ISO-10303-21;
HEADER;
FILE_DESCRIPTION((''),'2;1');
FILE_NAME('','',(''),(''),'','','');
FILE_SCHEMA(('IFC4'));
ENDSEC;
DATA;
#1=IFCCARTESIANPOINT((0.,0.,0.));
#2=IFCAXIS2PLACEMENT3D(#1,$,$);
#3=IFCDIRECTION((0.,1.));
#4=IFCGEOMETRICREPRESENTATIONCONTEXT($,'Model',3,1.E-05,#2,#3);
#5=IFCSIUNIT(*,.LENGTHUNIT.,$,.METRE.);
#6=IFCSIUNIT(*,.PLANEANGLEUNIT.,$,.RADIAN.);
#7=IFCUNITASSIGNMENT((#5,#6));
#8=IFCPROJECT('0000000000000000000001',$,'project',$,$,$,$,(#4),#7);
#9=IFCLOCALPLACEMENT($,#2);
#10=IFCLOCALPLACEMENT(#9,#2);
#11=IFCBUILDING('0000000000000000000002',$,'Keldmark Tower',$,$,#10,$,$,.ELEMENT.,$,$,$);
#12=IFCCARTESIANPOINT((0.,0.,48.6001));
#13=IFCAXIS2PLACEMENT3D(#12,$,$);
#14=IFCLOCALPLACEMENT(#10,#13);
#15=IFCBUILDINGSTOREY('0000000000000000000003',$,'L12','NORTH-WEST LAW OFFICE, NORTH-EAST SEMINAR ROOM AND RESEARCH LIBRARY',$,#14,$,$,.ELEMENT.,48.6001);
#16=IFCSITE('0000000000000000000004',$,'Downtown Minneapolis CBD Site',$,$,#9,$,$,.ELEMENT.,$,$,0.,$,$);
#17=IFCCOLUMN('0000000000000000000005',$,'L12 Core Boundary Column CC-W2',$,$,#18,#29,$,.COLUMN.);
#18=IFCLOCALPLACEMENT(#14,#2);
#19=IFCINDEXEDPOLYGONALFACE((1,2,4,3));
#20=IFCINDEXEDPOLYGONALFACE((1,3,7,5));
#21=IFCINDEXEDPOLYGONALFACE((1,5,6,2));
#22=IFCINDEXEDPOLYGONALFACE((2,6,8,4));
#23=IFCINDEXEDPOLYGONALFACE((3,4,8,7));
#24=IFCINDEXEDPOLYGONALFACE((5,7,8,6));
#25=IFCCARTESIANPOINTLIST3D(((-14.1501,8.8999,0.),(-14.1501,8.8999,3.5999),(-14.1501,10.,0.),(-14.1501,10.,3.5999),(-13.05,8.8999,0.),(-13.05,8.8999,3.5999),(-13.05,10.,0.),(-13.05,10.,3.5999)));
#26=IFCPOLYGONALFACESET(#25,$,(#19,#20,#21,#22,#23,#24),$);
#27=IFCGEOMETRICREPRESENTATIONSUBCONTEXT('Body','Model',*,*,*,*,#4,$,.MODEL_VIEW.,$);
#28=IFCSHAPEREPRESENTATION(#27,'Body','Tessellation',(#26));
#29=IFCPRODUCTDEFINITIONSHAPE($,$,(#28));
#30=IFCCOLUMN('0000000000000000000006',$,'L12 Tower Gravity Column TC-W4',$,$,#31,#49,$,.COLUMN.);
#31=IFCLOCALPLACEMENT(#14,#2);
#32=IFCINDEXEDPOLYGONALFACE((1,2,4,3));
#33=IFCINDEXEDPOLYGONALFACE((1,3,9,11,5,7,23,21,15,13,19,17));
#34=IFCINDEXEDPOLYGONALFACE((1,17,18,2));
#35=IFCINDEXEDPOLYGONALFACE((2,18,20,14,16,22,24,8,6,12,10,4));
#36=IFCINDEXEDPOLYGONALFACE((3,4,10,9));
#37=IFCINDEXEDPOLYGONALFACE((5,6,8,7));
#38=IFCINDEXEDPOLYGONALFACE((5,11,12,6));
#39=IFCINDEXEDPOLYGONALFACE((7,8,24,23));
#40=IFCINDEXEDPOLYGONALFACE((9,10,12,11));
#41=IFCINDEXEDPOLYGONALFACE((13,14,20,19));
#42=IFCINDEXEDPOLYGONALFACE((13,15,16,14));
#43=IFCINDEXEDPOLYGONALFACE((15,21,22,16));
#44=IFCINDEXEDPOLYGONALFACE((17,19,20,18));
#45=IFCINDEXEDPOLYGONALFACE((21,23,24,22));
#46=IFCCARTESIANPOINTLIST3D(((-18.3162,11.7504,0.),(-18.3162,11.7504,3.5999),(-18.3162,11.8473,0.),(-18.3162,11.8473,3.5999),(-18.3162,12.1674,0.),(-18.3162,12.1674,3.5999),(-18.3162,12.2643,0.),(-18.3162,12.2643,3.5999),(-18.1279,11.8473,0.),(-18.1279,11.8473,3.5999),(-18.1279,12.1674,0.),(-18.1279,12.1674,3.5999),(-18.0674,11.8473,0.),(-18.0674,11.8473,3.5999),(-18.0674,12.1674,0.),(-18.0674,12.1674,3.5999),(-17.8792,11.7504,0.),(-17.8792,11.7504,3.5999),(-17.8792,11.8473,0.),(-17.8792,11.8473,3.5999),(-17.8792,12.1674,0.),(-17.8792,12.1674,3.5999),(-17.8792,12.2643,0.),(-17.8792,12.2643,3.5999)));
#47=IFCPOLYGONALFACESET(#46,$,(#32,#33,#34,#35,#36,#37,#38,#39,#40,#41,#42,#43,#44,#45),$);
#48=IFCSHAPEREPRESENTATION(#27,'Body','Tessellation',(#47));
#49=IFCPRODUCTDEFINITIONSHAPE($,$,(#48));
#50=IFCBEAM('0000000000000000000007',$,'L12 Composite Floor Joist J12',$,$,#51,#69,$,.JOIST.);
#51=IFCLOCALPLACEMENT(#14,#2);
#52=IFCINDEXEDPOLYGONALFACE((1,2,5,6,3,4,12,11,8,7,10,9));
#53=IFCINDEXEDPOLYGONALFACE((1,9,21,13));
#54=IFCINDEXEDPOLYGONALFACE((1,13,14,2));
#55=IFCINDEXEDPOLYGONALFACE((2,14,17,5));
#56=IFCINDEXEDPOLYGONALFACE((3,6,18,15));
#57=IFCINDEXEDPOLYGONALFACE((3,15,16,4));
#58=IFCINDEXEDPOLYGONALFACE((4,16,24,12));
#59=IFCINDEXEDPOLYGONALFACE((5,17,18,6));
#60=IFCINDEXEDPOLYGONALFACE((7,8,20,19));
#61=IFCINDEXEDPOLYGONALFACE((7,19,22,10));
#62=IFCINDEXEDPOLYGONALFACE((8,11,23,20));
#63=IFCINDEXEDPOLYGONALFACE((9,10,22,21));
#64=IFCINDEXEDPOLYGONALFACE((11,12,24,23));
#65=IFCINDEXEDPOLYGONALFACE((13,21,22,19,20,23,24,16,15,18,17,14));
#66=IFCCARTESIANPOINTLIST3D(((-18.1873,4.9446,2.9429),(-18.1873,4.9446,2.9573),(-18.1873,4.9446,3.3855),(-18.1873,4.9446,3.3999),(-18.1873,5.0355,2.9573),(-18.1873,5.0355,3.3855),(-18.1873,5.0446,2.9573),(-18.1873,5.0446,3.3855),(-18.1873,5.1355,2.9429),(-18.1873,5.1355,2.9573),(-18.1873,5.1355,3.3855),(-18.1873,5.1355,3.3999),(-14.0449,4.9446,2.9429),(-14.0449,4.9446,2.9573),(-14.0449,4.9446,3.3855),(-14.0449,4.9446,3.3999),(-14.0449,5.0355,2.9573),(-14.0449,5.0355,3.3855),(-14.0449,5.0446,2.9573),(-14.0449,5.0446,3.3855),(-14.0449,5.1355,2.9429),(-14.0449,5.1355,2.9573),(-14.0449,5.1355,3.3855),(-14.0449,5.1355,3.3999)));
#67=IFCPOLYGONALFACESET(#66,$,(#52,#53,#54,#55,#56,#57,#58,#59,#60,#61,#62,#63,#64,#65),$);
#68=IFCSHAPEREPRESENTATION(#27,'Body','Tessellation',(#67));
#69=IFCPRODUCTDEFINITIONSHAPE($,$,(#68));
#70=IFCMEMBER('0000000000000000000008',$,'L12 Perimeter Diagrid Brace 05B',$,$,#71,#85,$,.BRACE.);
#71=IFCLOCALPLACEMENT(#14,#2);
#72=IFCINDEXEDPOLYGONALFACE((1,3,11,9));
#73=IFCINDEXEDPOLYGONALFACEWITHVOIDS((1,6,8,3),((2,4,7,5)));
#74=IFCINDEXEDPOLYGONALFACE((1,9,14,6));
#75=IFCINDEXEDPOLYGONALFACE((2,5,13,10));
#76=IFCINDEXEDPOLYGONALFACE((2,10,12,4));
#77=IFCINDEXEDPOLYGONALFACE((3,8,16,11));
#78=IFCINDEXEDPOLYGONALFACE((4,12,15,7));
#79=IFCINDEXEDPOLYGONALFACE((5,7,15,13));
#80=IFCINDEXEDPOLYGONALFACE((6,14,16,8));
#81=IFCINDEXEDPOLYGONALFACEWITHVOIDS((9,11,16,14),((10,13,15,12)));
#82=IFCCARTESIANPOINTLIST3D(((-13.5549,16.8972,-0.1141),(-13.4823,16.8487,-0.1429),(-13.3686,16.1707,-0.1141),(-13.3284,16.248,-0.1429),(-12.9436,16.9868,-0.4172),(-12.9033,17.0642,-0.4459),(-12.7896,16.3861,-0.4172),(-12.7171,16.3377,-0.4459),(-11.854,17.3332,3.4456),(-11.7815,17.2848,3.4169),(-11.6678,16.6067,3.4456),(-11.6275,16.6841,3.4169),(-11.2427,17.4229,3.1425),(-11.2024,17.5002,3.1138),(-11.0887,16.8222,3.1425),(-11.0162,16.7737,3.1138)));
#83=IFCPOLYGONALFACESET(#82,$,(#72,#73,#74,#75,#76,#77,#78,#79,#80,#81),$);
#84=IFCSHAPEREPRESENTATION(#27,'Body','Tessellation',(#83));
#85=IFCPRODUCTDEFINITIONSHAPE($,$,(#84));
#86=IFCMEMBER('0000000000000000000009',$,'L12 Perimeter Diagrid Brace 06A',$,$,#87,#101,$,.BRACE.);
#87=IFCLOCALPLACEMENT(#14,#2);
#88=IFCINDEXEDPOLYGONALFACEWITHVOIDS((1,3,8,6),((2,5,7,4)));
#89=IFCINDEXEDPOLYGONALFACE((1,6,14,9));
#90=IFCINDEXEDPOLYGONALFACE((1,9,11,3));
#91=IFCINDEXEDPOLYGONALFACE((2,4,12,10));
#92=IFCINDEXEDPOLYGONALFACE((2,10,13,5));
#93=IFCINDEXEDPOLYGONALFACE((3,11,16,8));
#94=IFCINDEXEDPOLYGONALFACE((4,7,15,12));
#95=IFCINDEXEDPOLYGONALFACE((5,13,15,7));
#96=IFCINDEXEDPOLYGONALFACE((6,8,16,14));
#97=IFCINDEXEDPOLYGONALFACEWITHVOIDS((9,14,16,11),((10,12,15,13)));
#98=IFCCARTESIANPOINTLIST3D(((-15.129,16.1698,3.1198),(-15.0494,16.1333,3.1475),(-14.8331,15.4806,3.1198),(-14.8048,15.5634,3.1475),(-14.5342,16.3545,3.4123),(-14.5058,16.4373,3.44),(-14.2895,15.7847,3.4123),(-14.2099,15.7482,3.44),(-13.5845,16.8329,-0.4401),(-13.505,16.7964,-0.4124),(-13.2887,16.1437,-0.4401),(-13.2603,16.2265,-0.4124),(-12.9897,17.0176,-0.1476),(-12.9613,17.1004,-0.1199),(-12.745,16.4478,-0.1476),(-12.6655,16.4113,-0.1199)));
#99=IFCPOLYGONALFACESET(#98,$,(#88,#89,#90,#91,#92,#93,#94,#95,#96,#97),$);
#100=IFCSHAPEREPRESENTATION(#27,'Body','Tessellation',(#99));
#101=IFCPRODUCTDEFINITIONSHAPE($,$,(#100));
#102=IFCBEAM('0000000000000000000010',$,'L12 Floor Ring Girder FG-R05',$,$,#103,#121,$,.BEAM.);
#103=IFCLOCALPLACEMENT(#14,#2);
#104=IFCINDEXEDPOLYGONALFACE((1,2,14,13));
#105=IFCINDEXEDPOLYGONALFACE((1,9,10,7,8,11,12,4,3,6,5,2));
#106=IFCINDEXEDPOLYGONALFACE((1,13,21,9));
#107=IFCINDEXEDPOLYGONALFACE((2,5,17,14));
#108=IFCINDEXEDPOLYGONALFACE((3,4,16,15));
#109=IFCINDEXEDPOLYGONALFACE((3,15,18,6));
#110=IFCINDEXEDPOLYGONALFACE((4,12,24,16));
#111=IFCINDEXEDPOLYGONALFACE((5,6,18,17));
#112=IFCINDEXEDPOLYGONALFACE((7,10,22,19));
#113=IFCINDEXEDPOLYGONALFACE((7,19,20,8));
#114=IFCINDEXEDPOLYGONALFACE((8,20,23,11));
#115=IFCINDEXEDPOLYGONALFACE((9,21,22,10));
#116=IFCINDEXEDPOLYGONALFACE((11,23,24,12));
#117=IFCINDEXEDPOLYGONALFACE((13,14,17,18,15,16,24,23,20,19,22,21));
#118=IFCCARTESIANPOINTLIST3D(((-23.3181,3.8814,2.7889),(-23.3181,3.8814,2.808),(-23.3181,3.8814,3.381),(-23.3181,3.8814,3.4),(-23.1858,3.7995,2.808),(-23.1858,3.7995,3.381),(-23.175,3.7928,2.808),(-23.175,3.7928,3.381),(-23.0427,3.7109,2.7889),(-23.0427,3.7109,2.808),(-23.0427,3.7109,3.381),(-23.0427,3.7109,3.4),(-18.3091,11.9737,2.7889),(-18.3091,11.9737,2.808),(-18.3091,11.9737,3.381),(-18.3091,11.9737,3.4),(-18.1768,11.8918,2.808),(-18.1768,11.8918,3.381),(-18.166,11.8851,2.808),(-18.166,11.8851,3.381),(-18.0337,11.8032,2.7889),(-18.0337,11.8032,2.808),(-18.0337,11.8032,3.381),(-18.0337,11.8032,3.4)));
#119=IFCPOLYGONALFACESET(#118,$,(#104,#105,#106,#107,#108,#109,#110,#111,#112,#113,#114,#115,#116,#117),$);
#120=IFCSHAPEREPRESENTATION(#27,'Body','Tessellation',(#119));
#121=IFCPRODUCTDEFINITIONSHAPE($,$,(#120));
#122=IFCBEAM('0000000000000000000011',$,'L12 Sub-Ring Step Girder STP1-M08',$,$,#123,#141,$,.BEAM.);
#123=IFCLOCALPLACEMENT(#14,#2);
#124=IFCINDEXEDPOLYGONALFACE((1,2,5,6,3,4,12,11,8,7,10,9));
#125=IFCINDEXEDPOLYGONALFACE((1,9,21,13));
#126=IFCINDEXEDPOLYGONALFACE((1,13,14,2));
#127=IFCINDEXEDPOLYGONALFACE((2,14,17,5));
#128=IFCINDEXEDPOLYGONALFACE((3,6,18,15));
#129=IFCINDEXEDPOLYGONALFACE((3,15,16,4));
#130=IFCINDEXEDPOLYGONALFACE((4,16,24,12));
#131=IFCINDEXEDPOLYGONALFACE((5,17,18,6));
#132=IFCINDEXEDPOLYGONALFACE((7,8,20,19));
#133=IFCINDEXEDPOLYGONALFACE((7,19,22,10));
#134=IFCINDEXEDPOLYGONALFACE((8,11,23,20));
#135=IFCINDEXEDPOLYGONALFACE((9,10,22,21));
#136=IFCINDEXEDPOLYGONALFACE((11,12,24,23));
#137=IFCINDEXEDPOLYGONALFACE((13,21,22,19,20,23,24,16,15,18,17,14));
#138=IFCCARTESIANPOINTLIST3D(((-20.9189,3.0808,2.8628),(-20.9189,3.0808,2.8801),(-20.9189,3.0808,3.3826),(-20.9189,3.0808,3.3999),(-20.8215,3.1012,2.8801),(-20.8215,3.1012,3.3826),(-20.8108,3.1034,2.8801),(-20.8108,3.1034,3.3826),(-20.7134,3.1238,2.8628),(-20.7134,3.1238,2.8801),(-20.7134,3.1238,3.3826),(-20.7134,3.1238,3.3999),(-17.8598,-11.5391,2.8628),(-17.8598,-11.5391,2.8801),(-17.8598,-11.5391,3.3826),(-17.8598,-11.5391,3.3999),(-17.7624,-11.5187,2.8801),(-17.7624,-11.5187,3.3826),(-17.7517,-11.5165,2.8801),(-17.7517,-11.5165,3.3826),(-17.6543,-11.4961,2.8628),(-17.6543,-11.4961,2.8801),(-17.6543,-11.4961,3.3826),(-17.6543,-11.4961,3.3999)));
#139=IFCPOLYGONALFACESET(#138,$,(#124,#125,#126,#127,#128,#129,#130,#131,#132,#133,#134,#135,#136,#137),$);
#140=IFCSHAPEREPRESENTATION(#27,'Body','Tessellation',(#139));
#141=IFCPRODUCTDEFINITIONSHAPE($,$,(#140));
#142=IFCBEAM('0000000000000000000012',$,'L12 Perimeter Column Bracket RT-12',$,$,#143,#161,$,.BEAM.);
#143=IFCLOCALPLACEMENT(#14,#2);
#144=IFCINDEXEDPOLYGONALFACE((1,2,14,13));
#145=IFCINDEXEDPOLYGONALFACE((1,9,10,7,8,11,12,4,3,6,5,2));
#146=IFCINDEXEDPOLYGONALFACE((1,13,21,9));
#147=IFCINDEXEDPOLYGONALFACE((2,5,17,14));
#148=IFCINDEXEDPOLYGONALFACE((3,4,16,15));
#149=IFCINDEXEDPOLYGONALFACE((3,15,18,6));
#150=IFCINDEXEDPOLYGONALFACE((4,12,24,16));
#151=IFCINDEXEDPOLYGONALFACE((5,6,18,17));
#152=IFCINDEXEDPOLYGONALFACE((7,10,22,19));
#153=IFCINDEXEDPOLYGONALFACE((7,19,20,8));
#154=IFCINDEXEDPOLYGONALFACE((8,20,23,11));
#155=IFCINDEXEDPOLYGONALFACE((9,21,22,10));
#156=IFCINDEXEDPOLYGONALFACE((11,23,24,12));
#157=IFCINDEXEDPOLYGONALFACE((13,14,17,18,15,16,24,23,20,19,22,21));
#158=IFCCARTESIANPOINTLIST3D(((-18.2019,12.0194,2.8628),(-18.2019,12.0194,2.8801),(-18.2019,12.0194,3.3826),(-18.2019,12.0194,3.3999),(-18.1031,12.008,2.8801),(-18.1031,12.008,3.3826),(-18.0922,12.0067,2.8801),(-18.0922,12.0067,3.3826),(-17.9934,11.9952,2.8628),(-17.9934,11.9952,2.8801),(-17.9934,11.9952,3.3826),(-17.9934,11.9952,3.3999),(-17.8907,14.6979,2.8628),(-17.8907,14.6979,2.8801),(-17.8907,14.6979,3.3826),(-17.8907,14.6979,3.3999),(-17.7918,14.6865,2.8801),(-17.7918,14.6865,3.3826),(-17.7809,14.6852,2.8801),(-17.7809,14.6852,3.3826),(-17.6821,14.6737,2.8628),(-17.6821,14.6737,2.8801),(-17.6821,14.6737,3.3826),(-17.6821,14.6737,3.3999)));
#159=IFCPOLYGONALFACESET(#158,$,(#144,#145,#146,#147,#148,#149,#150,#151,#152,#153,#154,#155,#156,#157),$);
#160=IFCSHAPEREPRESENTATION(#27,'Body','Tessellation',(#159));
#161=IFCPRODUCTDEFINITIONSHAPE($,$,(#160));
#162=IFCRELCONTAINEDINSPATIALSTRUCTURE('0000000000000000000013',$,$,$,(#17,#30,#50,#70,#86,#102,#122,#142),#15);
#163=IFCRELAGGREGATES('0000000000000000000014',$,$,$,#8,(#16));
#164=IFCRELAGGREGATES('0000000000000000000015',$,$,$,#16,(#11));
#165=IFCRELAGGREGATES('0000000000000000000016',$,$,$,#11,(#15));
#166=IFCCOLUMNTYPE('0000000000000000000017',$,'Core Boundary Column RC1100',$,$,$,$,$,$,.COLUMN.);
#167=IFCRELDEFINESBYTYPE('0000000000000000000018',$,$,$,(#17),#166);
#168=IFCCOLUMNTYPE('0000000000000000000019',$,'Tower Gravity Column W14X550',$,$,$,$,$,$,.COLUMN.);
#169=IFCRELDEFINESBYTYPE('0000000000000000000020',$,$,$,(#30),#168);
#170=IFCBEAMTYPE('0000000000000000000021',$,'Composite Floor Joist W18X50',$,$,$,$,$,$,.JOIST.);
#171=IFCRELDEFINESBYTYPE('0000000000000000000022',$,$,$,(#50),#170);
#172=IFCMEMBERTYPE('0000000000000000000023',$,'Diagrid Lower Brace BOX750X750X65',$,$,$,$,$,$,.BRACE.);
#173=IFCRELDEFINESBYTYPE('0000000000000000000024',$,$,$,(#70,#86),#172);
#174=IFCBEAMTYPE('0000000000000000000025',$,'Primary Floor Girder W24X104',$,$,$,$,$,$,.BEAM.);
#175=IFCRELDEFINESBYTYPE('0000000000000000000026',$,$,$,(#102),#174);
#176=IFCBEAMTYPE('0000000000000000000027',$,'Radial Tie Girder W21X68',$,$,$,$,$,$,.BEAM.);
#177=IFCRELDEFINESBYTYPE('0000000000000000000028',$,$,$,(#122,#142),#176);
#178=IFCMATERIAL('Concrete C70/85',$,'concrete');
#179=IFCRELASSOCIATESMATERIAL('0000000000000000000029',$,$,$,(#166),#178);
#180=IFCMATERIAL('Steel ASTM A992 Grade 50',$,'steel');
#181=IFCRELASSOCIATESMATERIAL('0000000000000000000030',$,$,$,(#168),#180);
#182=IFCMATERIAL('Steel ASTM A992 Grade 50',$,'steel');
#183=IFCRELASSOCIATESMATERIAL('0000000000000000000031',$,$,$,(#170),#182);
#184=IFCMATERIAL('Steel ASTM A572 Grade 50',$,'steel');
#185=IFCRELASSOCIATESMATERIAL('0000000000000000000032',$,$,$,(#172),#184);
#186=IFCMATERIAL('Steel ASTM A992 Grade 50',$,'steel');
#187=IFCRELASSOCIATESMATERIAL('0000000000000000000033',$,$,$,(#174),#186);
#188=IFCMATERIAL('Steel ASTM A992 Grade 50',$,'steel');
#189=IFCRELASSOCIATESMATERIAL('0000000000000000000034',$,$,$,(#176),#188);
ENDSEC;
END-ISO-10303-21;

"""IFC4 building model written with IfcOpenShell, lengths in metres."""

from ifc_helpers import new_model, si_unit, direction, frame, origin, origin_2d, place, context, subcontext, project, spatial, rectangle, hollow_rectangle, i_section, extrude, material, material_profile, profile_set, type_object, element, save


model = new_model("IFC4")

# Units and contexts
model_context = context("Model", 3, precision=1e-05, world=origin(), true_north=direction((0.0, 1.0)))
body_context = subcontext(model_context, "Body", "Model", "MODEL_VIEW")
ifc_project = project(units=[si_unit("LENGTHUNIT", "METRE"), si_unit("PLANEANGLEUNIT", "RADIAN")], contexts=[model_context])

# Site, building, storey
site_placement = place(None, origin())
site = spatial("IfcSite", under=ifc_project, at=site_placement, Name="Downtown Minneapolis CBD Site", CompositionType="ELEMENT", RefElevation=0.0)
building_placement = place(site_placement, origin())
building = spatial("IfcBuilding", under=site, at=building_placement, Name="Keldmark Tower", CompositionType="ELEMENT")
storey_placement = place(building_placement, frame((0.0, 0.0, 48.6001)))
storey = spatial("IfcBuildingStorey", under=building, at=storey_placement, Name="L12", Description="NORTH-WEST LAW OFFICE, NORTH-EAST SEMINAR ROOM AND RESEARCH LIBRARY", CompositionType="ELEMENT", Elevation=48.6001)

# Columns
ifc_material_1 = material(Name="Concrete C70/85", Category="concrete")
ifc_material_profile_1 = material_profile(ifc_material_1, rectangle(XDim=1.1001, YDim=1.1001, at=origin_2d()), Name="RC1100X1100")
ifc_profile_set_1 = profile_set([ifc_material_profile_1], Name="Concrete C70/85")
column_type_1 = type_object("IfcColumnType", Name="Core Boundary Column RC1100", PredefinedType="COLUMN", material=ifc_profile_set_1)
column_1_placement = place(storey_placement, frame((-13.6001, 9.45, 0.0), z_axis=(0.0, 0.0, 1.0), x_axis=(1.0, 0.0, 0.0)))
element("IfcColumn", 1, at=column_1_placement, inside=storey, type_object=column_type_1, Name="L12 Core Boundary Column CC-W2", PredefinedType="COLUMN", context=body_context, shape_type="SweptSolid", body=[
    extrude(rectangle(XDim=1.1001, YDim=1.1001, at=origin_2d()), origin(), (0.0, 0.0, 1.0), 3.5999),
])
ifc_material_2 = material(Name="Steel ASTM A992 Grade 50", Category="steel")
ifc_material_profile_2 = material_profile(ifc_material_2, i_section(OverallWidth=0.437, OverallDepth=0.5139, WebThickness=0.0605, FlangeThickness=0.0969, at=origin_2d()), Name="W14X550")
ifc_profile_set_2 = profile_set([ifc_material_profile_2], Name="Steel ASTM A992 Grade 50")
column_type_2 = type_object("IfcColumnType", Name="Tower Gravity Column W14X550", PredefinedType="COLUMN", material=ifc_profile_set_2)
column_2_placement = place(storey_placement, frame((-18.0977, 12.0073, 0.0), z_axis=(0.0, 0.0, 1.0), x_axis=(1.0, 0.0, 0.0)))
element("IfcColumn", 2, at=column_2_placement, inside=storey, type_object=column_type_2, Name="L12 Tower Gravity Column TC-W4", PredefinedType="COLUMN", context=body_context, shape_type="SweptSolid", body=[
    extrude(i_section(OverallWidth=0.437, OverallDepth=0.5139, WebThickness=0.0605, FlangeThickness=0.0969, at=origin_2d()), origin(), (0.0, 0.0, 1.0), 3.5999),
])

# Beam
ifc_material_3 = material(Name="Steel ASTM A992 Grade 50", Category="steel")
ifc_material_profile_3 = material_profile(ifc_material_3, i_section(OverallWidth=0.1909, OverallDepth=0.457, WebThickness=0.009, FlangeThickness=0.0144, at=origin_2d()), Name="W18X50")
ifc_profile_set_3 = profile_set([ifc_material_profile_3], Name="Steel ASTM A992 Grade 50")
beam_type_1 = type_object("IfcBeamType", Name="Composite Floor Joist W18X50", PredefinedType="JOIST", material=ifc_profile_set_3)
beam_1_placement = place(storey_placement, frame((-18.1873, 5.04, 3.1714), z_axis=(1.0, 0.0, 0.0), x_axis=(0.0, 1.0, 0.0)))
element("IfcBeam", 3, at=beam_1_placement, inside=storey, type_object=beam_type_1, Name="L12 Composite Floor Joist J12", PredefinedType="JOIST", context=body_context, shape_type="SweptSolid", body=[
    extrude(i_section(OverallWidth=0.1909, OverallDepth=0.457, WebThickness=0.009, FlangeThickness=0.0144, at=origin_2d()), origin(), (0.0, 0.0, 1.0), 4.1423),
])

# Members
ifc_material_4 = material(Name="Steel ASTM A572 Grade 50", Category="steel")
ifc_material_profile_4 = material_profile(ifc_material_4, hollow_rectangle(XDim=0.75, YDim=0.75, WallThickness=0.0649, at=origin_2d()), Name="BOX750X750X65")
ifc_profile_set_4 = profile_set([ifc_material_profile_4], Name="Steel ASTM A572 Grade 50")
member_type = type_object("IfcMemberType", Name="Diagrid Lower Brace BOX750X750X65", PredefinedType="BRACE", material=ifc_profile_set_4)
member_1_placement = place(storey_placement, frame((-13.136, 16.6174, -0.28), z_axis=(0.428518, 0.109851, 0.896831), x_axis=(-0.248322, 0.968678, 0.0)))
element("IfcMember", 4, at=member_1_placement, inside=storey, type_object=member_type, Name="L12 Perimeter Diagrid Brace 05B", PredefinedType="BRACE", context=body_context, shape_type="SweptSolid", body=[
    extrude(hollow_rectangle(XDim=0.75, YDim=0.75, WallThickness=0.0649, at=origin_2d()), origin(), (0.0, 0.0, 1.0), 3.9692),
])
member_2_placement = place(storey_placement, frame((-13.125, 16.6221, -0.28), z_axis=(-0.392321, -0.168439, 0.904274), x_axis=(0.394515, -0.918889, 0.0)))
element("IfcMember", 5, at=member_2_placement, inside=storey, type_object=member_type, Name="L12 Perimeter Diagrid Brace 06A", PredefinedType="BRACE", context=body_context, shape_type="SweptSolid", body=[
    extrude(hollow_rectangle(XDim=0.75, YDim=0.75, WallThickness=0.0649, at=origin_2d()), origin(), (0.0, 0.0, 1.0), 3.9368),
])

# Beams
ifc_material_5 = material(Name="Steel ASTM A992 Grade 50", Category="steel")
ifc_material_profile_5 = material_profile(ifc_material_5, i_section(OverallWidth=0.324, OverallDepth=0.6111, WebThickness=0.0127, FlangeThickness=0.019, at=origin_2d()), Name="W24X104")
ifc_profile_set_5 = profile_set([ifc_material_profile_5], Name="Steel ASTM A992 Grade 50")
beam_type_2 = type_object("IfcBeamType", Name="Primary Floor Girder W24X104", PredefinedType="BEAM", material=ifc_profile_set_5)
beam_2_placement = place(storey_placement, frame((-18.1714, 11.8884, 3.0945), z_axis=(-0.526318, -0.850288, 0.0), x_axis=(0.850288, -0.526318, 0.0)))
element("IfcBeam", 6, at=beam_2_placement, inside=storey, type_object=beam_type_2, Name="L12 Floor Ring Girder FG-R05", PredefinedType="BEAM", context=body_context, shape_type="SweptSolid", body=[
    extrude(i_section(OverallWidth=0.324, OverallDepth=0.6111, WebThickness=0.0127, FlangeThickness=0.019, at=origin_2d()), origin(), (0.0, 0.0, 1.0), 9.5171),
])
ifc_material_6 = material(Name="Steel ASTM A992 Grade 50", Category="steel")
ifc_material_profile_6 = material_profile(ifc_material_6, i_section(OverallWidth=0.21, OverallDepth=0.5371, WebThickness=0.011, FlangeThickness=0.0173, at=origin_2d()), Name="W21X68")
ifc_profile_set_6 = profile_set([ifc_material_profile_6], Name="Steel ASTM A992 Grade 50")
beam_type_3 = type_object("IfcBeamType", Name="Radial Tie Girder W21X68", PredefinedType="BEAM", material=ifc_profile_set_6)
beam_3_placement = place(storey_placement, frame((-20.8162, 3.1023, 3.1313), z_axis=(0.204806, -0.978803, 0.0), x_axis=(0.978803, 0.204806, 0.0)))
element("IfcBeam", 7, at=beam_3_placement, inside=storey, type_object=beam_type_3, Name="L12 Sub-Ring Step Girder STP1-M08", PredefinedType="BEAM", context=body_context, shape_type="SweptSolid", body=[
    extrude(i_section(OverallWidth=0.21, OverallDepth=0.5371, WebThickness=0.011, FlangeThickness=0.0173, at=origin_2d()), origin(), (0.0, 0.0, 1.0), 14.9365),
])
beam_4_placement = place(storey_placement, frame((-18.0977, 12.0073, 3.1313), z_axis=(0.115439, 0.993315, 0.0), x_axis=(-0.993315, 0.115439, 0.0)))
element("IfcBeam", 8, at=beam_4_placement, inside=storey, type_object=beam_type_3, Name="L12 Perimeter Column Bracket RT-12", PredefinedType="BEAM", context=body_context, shape_type="SweptSolid", body=[
    extrude(i_section(OverallWidth=0.21, OverallDepth=0.5371, WebThickness=0.011, FlangeThickness=0.0173, at=origin_2d()), origin(), (0.0, 0.0, 1.0), 2.6965),
])

save(model, "model.ifc")
